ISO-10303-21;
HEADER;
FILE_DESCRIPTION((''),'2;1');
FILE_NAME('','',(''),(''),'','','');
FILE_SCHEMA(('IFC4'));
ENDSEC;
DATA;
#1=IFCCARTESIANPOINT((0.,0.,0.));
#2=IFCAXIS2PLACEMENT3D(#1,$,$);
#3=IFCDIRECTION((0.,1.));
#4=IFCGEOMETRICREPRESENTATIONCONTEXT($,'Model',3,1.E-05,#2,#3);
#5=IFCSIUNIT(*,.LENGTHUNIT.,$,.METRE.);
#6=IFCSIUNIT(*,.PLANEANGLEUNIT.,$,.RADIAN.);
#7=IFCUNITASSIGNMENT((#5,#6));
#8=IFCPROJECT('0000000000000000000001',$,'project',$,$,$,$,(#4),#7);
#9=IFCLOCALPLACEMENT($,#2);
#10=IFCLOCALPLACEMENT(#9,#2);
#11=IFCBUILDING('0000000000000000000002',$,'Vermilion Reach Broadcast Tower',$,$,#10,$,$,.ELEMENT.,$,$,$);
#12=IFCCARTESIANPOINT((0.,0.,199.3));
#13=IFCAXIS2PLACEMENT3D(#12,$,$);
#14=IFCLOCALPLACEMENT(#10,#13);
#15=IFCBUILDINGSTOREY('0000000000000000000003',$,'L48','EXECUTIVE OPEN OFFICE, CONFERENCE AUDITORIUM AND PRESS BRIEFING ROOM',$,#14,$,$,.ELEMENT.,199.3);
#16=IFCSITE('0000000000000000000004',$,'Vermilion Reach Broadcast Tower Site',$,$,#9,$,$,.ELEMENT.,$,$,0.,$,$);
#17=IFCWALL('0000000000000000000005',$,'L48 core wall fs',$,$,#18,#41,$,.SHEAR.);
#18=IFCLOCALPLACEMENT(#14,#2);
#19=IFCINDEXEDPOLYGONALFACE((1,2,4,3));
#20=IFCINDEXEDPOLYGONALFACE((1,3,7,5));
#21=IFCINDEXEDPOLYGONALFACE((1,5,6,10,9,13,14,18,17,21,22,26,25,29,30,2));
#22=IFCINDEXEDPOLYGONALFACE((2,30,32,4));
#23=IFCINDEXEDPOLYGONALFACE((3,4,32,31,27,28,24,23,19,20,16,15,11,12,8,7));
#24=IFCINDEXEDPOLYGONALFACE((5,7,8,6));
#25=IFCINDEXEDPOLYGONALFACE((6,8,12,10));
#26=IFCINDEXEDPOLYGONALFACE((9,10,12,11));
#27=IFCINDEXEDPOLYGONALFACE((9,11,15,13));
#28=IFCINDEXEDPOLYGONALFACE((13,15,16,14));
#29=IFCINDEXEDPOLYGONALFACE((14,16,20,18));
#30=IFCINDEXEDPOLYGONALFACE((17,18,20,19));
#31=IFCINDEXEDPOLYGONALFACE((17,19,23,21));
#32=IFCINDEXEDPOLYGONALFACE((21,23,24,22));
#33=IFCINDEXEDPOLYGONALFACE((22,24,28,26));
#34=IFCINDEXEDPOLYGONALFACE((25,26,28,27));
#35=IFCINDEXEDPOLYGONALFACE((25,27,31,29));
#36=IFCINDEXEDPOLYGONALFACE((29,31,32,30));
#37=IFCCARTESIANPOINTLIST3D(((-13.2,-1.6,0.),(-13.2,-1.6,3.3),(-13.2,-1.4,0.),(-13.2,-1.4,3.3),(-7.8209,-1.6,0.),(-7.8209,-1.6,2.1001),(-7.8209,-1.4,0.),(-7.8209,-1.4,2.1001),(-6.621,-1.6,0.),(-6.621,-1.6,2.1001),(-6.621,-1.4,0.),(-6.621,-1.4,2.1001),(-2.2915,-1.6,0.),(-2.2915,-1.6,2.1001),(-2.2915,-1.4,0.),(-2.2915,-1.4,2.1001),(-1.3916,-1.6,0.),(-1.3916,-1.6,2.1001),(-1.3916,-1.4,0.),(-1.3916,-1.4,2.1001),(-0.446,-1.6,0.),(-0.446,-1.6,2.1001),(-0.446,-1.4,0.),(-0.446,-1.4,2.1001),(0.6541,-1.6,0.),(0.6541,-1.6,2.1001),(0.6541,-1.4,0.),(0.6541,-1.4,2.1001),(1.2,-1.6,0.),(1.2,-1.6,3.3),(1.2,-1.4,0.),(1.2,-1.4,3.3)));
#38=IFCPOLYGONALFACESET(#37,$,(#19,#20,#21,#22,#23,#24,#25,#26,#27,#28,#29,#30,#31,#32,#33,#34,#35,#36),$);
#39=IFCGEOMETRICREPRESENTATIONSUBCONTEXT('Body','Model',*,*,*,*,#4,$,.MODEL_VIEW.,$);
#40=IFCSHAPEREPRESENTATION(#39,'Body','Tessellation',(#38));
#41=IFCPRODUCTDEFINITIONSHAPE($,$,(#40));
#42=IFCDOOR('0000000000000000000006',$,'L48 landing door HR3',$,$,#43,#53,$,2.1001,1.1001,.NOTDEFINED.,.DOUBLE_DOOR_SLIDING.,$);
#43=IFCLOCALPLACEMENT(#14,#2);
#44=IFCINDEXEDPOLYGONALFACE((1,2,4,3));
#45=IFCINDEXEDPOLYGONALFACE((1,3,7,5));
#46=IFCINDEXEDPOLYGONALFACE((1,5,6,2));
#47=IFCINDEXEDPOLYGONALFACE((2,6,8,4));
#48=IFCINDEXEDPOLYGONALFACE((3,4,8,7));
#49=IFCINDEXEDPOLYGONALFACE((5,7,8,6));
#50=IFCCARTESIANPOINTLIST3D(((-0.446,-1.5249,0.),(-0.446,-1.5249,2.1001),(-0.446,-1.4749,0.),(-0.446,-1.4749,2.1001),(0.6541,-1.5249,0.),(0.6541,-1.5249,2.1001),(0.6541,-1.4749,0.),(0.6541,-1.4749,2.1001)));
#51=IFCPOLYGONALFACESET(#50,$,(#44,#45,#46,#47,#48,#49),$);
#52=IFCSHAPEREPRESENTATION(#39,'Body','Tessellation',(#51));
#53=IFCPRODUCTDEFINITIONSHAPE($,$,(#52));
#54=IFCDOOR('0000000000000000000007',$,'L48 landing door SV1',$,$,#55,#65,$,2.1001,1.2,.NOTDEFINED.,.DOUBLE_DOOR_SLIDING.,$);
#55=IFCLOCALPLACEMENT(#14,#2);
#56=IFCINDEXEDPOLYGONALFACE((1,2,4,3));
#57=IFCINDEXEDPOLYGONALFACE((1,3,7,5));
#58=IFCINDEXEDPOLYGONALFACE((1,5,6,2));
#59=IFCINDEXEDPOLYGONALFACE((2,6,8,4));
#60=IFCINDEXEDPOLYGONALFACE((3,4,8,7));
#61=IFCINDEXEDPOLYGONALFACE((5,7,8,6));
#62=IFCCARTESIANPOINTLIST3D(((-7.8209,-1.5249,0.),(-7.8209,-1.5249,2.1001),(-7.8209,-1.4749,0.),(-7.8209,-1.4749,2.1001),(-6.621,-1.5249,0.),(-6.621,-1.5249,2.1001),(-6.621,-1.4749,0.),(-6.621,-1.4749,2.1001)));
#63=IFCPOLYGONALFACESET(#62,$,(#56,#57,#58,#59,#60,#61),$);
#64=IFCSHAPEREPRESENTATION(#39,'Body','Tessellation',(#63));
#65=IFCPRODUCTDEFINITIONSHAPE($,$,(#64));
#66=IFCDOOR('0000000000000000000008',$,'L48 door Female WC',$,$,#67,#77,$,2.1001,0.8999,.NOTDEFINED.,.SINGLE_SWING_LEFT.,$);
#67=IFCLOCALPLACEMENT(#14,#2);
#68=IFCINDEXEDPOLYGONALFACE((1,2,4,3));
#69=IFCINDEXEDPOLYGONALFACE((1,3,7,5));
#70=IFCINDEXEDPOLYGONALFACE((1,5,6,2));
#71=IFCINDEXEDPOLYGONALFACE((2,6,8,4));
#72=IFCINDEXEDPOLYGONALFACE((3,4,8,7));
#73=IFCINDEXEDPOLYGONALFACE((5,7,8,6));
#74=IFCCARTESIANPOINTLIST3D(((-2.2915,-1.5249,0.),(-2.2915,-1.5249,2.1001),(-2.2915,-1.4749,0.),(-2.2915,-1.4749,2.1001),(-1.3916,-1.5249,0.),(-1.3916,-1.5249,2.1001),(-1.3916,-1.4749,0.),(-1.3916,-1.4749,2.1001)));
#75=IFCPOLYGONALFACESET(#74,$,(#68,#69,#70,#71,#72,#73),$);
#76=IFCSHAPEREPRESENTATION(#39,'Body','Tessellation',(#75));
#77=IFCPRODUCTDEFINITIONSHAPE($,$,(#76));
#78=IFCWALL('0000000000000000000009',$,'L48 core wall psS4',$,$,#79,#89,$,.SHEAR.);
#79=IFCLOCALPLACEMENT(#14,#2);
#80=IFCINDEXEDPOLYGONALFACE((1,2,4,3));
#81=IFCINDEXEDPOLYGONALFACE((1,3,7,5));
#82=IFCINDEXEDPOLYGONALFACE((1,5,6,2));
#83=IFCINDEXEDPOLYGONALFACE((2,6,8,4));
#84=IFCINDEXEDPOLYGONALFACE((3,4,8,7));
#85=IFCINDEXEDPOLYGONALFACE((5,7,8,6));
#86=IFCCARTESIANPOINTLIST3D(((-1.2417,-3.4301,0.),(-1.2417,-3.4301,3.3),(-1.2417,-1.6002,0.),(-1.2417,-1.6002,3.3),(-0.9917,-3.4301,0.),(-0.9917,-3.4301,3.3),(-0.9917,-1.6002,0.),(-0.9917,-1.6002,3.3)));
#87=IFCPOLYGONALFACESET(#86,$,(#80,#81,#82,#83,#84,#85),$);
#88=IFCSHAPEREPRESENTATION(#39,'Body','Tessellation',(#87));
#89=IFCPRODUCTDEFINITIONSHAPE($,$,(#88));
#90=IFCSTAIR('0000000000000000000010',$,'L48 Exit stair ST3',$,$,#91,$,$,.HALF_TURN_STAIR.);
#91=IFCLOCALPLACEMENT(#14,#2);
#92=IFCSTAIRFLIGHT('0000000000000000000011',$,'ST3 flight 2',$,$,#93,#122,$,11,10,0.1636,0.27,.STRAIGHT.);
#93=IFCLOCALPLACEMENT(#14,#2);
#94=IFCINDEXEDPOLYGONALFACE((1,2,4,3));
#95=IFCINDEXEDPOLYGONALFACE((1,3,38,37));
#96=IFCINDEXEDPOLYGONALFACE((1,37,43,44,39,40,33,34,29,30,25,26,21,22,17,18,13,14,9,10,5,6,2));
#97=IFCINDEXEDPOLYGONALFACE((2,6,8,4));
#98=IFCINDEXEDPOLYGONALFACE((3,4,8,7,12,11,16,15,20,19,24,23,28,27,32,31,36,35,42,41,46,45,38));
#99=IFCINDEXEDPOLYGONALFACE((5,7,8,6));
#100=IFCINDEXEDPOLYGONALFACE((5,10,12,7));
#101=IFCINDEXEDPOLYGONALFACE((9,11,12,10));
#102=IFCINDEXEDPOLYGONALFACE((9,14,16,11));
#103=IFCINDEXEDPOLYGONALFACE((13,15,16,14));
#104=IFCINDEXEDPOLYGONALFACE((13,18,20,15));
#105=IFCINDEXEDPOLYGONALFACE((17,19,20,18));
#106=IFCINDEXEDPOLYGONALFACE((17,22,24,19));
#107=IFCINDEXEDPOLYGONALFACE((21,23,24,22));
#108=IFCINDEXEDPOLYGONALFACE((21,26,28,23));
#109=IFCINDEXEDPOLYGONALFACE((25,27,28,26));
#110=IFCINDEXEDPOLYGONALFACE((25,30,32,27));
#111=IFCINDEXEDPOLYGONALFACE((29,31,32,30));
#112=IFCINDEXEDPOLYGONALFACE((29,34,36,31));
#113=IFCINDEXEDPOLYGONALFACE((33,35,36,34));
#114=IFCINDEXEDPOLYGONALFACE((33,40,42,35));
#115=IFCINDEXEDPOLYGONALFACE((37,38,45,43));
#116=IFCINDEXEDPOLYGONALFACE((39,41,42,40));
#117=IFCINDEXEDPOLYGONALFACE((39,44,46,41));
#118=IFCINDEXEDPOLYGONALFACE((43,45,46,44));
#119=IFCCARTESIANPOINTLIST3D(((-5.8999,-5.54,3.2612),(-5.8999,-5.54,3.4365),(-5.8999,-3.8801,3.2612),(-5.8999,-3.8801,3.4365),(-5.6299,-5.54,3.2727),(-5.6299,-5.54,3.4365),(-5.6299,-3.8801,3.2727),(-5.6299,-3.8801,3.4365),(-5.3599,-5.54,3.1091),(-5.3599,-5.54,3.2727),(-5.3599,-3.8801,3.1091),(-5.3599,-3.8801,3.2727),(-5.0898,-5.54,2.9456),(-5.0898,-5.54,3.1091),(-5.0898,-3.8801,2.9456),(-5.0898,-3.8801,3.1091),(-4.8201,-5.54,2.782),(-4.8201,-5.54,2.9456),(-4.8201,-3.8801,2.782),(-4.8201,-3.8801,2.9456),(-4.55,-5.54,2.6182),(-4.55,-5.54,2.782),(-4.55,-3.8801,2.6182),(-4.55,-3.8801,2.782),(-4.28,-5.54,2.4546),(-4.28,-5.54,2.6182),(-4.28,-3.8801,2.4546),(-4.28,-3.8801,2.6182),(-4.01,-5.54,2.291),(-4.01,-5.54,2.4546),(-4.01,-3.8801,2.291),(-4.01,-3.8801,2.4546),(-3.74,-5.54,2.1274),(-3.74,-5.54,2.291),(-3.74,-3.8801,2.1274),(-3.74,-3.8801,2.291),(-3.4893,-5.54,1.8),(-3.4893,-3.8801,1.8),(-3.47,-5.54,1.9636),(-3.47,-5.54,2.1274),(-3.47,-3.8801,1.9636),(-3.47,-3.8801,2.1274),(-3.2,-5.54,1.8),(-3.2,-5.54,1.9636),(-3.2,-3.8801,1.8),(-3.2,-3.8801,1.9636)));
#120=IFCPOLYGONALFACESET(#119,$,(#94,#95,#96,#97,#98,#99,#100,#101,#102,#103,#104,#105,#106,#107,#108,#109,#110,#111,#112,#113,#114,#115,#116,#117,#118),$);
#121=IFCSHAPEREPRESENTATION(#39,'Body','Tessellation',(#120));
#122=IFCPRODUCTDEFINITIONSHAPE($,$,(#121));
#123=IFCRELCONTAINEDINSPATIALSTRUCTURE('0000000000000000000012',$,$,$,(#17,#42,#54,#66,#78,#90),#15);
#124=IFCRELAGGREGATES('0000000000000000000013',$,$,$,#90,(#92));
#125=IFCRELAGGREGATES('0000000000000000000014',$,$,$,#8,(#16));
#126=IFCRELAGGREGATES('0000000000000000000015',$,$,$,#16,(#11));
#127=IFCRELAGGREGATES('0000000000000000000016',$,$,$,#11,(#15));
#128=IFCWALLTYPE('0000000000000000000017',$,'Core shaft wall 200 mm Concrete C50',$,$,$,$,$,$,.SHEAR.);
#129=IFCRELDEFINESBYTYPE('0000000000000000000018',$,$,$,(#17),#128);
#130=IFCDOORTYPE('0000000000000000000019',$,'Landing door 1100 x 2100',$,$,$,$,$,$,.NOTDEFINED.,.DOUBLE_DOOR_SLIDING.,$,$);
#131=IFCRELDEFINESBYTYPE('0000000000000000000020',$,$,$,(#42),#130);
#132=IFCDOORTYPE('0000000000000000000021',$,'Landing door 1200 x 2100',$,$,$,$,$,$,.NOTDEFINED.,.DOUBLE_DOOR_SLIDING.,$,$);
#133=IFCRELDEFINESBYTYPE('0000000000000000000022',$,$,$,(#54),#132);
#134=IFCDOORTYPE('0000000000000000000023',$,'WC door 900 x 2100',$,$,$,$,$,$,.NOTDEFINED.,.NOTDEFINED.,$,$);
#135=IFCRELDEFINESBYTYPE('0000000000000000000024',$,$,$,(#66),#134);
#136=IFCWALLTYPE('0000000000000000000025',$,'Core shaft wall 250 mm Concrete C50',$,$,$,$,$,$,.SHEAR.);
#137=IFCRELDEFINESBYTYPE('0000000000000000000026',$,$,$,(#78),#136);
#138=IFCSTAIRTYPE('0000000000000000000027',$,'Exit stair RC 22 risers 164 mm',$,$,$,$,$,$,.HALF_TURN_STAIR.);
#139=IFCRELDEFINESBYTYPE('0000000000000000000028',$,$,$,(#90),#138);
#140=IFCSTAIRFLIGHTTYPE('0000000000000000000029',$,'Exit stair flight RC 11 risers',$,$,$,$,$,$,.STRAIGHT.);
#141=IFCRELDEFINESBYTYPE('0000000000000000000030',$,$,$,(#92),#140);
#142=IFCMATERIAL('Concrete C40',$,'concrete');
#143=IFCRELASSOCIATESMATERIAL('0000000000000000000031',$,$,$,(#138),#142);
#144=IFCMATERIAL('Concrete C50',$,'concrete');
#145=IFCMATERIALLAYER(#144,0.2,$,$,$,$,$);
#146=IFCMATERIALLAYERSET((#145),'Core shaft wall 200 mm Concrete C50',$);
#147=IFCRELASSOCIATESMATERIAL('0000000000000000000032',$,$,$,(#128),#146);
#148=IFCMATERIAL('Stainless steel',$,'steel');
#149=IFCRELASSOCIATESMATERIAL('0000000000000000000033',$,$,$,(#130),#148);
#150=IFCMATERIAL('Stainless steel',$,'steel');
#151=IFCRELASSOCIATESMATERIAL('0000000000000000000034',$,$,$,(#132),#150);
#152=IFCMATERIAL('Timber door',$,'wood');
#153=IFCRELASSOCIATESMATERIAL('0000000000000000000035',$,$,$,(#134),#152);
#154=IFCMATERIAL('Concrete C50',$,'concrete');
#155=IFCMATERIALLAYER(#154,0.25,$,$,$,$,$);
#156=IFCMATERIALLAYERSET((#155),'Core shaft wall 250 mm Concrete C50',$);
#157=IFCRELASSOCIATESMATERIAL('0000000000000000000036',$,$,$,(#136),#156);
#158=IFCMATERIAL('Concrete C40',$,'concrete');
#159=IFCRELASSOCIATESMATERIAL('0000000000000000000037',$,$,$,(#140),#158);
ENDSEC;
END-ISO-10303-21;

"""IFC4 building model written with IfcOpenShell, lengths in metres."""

from ifc_helpers import new_model, si_unit, direction, frame, frame_2d, origin, place, context, subcontext, project, spatial, polyline, rectangle, outline, extrude, material, layer, layer_set, type_object, element, fill, aggregate, save


model = new_model("IFC4")

# Units and contexts
model_context = context("Model", 3, precision=1e-05, world=origin(), true_north=direction((0.0, 1.0)))
body_context = subcontext(model_context, "Body", "Model", "MODEL_VIEW")
ifc_project = project(units=[si_unit("LENGTHUNIT", "METRE"), si_unit("PLANEANGLEUNIT", "RADIAN")], contexts=[model_context])

# Site, building, storey
site_placement = place(None, origin())
site = spatial("IfcSite", under=ifc_project, at=site_placement, Name="Vermilion Reach Broadcast Tower Site", CompositionType="ELEMENT", RefElevation=0.0)
building_placement = place(site_placement, origin())
building = spatial("IfcBuilding", under=site, at=building_placement, Name="Vermilion Reach Broadcast Tower", CompositionType="ELEMENT")
storey_placement = place(building_placement, frame((0.0, 0.0, 199.3)))
storey = spatial("IfcBuildingStorey", under=building, at=storey_placement, Name="L48", Description="EXECUTIVE OPEN OFFICE, CONFERENCE AUDITORIUM AND PRESS BRIEFING ROOM", CompositionType="ELEMENT", Elevation=199.3)

# Shared definitions
ifc_material_1 = material(Name="Concrete C40", Category="concrete")
stair_type = type_object("IfcStairType", Name="Exit stair RC 22 risers 164 mm", PredefinedType="HALF_TURN_STAIR", material=ifc_material_1)
placement_1 = place(storey_placement, origin())

# Wall, openings, doors
ifc_material_2 = material(Name="Concrete C50", Category="concrete")
ifc_layer_1 = layer(ifc_material_2, 0.2)
ifc_layer_set_1 = layer_set([ifc_layer_1], Name="Core shaft wall 200 mm Concrete C50")
wall_type_1 = type_object("IfcWallType", Name="Core shaft wall 200 mm Concrete C50", PredefinedType="SHEAR", material=ifc_layer_set_1)
wall_1_placement = place(storey_placement, frame((1.2, -1.5, 0.0), z_axis=(0.0, 0.0, 1.0), x_axis=(-1.0, 0.0, 0.0)))
wall_1 = element("IfcWall", 1, at=wall_1_placement, inside=storey, type_object=wall_type_1, Name="L48 core wall fs", PredefinedType="SHEAR", context=body_context, shape_type="SweptSolid", body=[
    extrude(rectangle(XDim=14.3999, YDim=0.2, at=frame_2d((7.2, 0.0))), origin(), (0.0, 0.0, 1.0), 3.3),
])
opening_1_placement = place(wall_1_placement, frame((7.8208, 0.0, 0.0)))
opening_1 = element("IfcOpeningElement", 2, at=opening_1_placement, cuts=wall_1, PredefinedType="OPENING", context=body_context, shape_type="SweptSolid", body=[
    extrude(rectangle(XDim=1.2, YDim=2.1001, at=frame_2d((0.6001, 1.05))), frame((0.0, 0.1099, 0.0), z_axis=(0.0, -1.0, 0.0), x_axis=(1.0, 0.0, 0.0)), (0.0, 0.0, 1.0), 0.22),
])
opening_2_placement = place(wall_1_placement, frame((0.5459, 0.0, 0.0)))
opening_2 = element("IfcOpeningElement", 3, at=opening_2_placement, cuts=wall_1, PredefinedType="OPENING", context=body_context, shape_type="SweptSolid", body=[
    extrude(rectangle(XDim=1.1001, YDim=2.1001, at=frame_2d((0.55, 1.05))), frame((0.0, 0.1099, 0.0), z_axis=(0.0, -1.0, 0.0), x_axis=(1.0, 0.0, 0.0)), (0.0, 0.0, 1.0), 0.22),
])
opening_3_placement = place(wall_1_placement, frame((2.5916, 0.0, 0.0)))
opening_3 = element("IfcOpeningElement", 4, at=opening_3_placement, cuts=wall_1, PredefinedType="OPENING", context=body_context, shape_type="SweptSolid", body=[
    extrude(rectangle(XDim=0.8999, YDim=2.1001, at=frame_2d((0.45, 1.05))), frame((0.0, 0.1099, 0.0), z_axis=(0.0, -1.0, 0.0), x_axis=(1.0, 0.0, 0.0)), (0.0, 0.0, 1.0), 0.22),
])
ifc_material_3 = material(Name="Stainless steel", Category="steel")
door_type_1 = type_object("IfcDoorType", Name="Landing door 1100 x 2100", OperationType="DOUBLE_DOOR_SLIDING", PredefinedType="NOTDEFINED", material=ifc_material_3)
door_1_placement = place(opening_2_placement, origin())
door_1 = element("IfcDoor", 5, at=door_1_placement, inside=storey, type_object=door_type_1, Name="L48 landing door HR3", OperationType="DOUBLE_DOOR_SLIDING", OverallHeight=2.1001, OverallWidth=1.1001, PredefinedType="NOTDEFINED", context=body_context, shape_type="SweptSolid", body=[
    extrude(rectangle(XDim=1.1001, YDim=2.1001, at=frame_2d((0.55, 1.05))), frame((0.0, 0.0249, 0.0), z_axis=(0.0, -1.0, 0.0), x_axis=(1.0, 0.0, 0.0)), (0.0, 0.0, 1.0), 0.05),
])
fill(opening_2, door_1)
ifc_material_4 = material(Name="Stainless steel", Category="steel")
door_type_2 = type_object("IfcDoorType", Name="Landing door 1200 x 2100", OperationType="DOUBLE_DOOR_SLIDING", PredefinedType="NOTDEFINED", material=ifc_material_4)
door_2_placement = place(opening_1_placement, origin())
door_2 = element("IfcDoor", 6, at=door_2_placement, inside=storey, type_object=door_type_2, Name="L48 landing door SV1", OperationType="DOUBLE_DOOR_SLIDING", OverallHeight=2.1001, OverallWidth=1.2, PredefinedType="NOTDEFINED", context=body_context, shape_type="SweptSolid", body=[
    extrude(rectangle(XDim=1.2, YDim=2.1001, at=frame_2d((0.6001, 1.05))), frame((0.0, 0.0249, 0.0), z_axis=(0.0, -1.0, 0.0), x_axis=(1.0, 0.0, 0.0)), (0.0, 0.0, 1.0), 0.05),
])
fill(opening_1, door_2)
ifc_material_5 = material(Name="Timber door", Category="wood")
door_type_3 = type_object("IfcDoorType", Name="WC door 900 x 2100", OperationType="NOTDEFINED", PredefinedType="NOTDEFINED", material=ifc_material_5)
door_3_placement = place(opening_3_placement, origin())
door_3 = element("IfcDoor", 7, at=door_3_placement, inside=storey, type_object=door_type_3, Name="L48 door Female WC", OperationType="SINGLE_SWING_LEFT", OverallHeight=2.1001, OverallWidth=0.8999, PredefinedType="NOTDEFINED", context=body_context, shape_type="SweptSolid", body=[
    extrude(rectangle(XDim=0.8999, YDim=2.1001, at=frame_2d((0.45, 1.05))), frame((0.0, 0.0249, 0.0), z_axis=(0.0, -1.0, 0.0), x_axis=(1.0, 0.0, 0.0)), (0.0, 0.0, 1.0), 0.05),
])
fill(opening_3, door_3)

# Wall
ifc_material_6 = material(Name="Concrete C50", Category="concrete")
ifc_layer_2 = layer(ifc_material_6, 0.25)
ifc_layer_set_2 = layer_set([ifc_layer_2], Name="Core shaft wall 250 mm Concrete C50")
wall_type_2 = type_object("IfcWallType", Name="Core shaft wall 250 mm Concrete C50", PredefinedType="SHEAR", material=ifc_layer_set_2)
wall_2_placement = place(storey_placement, frame((-1.1167, -1.6001, 0.0), z_axis=(0.0, 0.0, 1.0), x_axis=(0.0, -1.0, 0.0)))
element("IfcWall", 8, at=wall_2_placement, inside=storey, type_object=wall_type_2, Name="L48 core wall psS4", PredefinedType="SHEAR", context=body_context, shape_type="SweptSolid", body=[
    extrude(rectangle(XDim=1.8298, YDim=0.25, at=frame_2d((0.915, 0.0))), origin(), (0.0, 0.0, 1.0), 3.3),
])

# Stair, stair flight
stair_1 = element("IfcStair", 9, at=placement_1, inside=storey, type_object=stair_type, Name="L48 Exit stair ST3", PredefinedType="HALF_TURN_STAIR")
ifc_material_7 = material(Name="Concrete C40", Category="concrete")
stair_flight_type = type_object("IfcStairFlightType", Name="Exit stair flight RC 11 risers", PredefinedType="STRAIGHT", material=ifc_material_7)
stair_flight_placement = place(storey_placement, frame((-3.2, -4.71, 1.8), z_axis=(0.0, 0.0, 1.0), x_axis=(-1.0, 0.0, 0.0)))
stair_flight = element("IfcStairFlight", 10, at=stair_flight_placement, type_object=stair_flight_type, Name="ST3 flight 2", NumberOfRisers=11, NumberOfTreads=10, PredefinedType="STRAIGHT", RiserHeight=0.1636, TreadLength=0.27, context=body_context, shape_type="SweptSolid", body=[
    extrude(outline(polyline([(0.0, 0.0), (0.0, 0.1636), (0.27, 0.1636), (0.27, 0.3274), (0.54, 0.3274), (0.54, 0.491), (0.8101, 0.491), (0.8101, 0.6545), (1.0801, 0.6545), (1.0801, 0.8181), (1.3501, 0.8181), (1.3501, 0.9819), (1.6201, 0.9819), (1.6201, 1.1455), (1.8899, 1.1455), (1.8899, 1.3091), (2.1599, 1.3091), (2.1599, 1.4727), (2.4299, 1.4727), (2.4299, 1.6365), (2.7, 1.6365), (2.7, 1.8), (2.7, 1.4612), (0.2893, 0.0), (0.0, 0.0)])), frame((0.0, 0.8301, 0.0), z_axis=(0.0, -1.0, 0.0), x_axis=(1.0, 0.0, 0.0)), (0.0, 0.0, 1.0), 1.6599),
])
aggregate(stair_1, [stair_flight])

save(model, "model.ifc")
